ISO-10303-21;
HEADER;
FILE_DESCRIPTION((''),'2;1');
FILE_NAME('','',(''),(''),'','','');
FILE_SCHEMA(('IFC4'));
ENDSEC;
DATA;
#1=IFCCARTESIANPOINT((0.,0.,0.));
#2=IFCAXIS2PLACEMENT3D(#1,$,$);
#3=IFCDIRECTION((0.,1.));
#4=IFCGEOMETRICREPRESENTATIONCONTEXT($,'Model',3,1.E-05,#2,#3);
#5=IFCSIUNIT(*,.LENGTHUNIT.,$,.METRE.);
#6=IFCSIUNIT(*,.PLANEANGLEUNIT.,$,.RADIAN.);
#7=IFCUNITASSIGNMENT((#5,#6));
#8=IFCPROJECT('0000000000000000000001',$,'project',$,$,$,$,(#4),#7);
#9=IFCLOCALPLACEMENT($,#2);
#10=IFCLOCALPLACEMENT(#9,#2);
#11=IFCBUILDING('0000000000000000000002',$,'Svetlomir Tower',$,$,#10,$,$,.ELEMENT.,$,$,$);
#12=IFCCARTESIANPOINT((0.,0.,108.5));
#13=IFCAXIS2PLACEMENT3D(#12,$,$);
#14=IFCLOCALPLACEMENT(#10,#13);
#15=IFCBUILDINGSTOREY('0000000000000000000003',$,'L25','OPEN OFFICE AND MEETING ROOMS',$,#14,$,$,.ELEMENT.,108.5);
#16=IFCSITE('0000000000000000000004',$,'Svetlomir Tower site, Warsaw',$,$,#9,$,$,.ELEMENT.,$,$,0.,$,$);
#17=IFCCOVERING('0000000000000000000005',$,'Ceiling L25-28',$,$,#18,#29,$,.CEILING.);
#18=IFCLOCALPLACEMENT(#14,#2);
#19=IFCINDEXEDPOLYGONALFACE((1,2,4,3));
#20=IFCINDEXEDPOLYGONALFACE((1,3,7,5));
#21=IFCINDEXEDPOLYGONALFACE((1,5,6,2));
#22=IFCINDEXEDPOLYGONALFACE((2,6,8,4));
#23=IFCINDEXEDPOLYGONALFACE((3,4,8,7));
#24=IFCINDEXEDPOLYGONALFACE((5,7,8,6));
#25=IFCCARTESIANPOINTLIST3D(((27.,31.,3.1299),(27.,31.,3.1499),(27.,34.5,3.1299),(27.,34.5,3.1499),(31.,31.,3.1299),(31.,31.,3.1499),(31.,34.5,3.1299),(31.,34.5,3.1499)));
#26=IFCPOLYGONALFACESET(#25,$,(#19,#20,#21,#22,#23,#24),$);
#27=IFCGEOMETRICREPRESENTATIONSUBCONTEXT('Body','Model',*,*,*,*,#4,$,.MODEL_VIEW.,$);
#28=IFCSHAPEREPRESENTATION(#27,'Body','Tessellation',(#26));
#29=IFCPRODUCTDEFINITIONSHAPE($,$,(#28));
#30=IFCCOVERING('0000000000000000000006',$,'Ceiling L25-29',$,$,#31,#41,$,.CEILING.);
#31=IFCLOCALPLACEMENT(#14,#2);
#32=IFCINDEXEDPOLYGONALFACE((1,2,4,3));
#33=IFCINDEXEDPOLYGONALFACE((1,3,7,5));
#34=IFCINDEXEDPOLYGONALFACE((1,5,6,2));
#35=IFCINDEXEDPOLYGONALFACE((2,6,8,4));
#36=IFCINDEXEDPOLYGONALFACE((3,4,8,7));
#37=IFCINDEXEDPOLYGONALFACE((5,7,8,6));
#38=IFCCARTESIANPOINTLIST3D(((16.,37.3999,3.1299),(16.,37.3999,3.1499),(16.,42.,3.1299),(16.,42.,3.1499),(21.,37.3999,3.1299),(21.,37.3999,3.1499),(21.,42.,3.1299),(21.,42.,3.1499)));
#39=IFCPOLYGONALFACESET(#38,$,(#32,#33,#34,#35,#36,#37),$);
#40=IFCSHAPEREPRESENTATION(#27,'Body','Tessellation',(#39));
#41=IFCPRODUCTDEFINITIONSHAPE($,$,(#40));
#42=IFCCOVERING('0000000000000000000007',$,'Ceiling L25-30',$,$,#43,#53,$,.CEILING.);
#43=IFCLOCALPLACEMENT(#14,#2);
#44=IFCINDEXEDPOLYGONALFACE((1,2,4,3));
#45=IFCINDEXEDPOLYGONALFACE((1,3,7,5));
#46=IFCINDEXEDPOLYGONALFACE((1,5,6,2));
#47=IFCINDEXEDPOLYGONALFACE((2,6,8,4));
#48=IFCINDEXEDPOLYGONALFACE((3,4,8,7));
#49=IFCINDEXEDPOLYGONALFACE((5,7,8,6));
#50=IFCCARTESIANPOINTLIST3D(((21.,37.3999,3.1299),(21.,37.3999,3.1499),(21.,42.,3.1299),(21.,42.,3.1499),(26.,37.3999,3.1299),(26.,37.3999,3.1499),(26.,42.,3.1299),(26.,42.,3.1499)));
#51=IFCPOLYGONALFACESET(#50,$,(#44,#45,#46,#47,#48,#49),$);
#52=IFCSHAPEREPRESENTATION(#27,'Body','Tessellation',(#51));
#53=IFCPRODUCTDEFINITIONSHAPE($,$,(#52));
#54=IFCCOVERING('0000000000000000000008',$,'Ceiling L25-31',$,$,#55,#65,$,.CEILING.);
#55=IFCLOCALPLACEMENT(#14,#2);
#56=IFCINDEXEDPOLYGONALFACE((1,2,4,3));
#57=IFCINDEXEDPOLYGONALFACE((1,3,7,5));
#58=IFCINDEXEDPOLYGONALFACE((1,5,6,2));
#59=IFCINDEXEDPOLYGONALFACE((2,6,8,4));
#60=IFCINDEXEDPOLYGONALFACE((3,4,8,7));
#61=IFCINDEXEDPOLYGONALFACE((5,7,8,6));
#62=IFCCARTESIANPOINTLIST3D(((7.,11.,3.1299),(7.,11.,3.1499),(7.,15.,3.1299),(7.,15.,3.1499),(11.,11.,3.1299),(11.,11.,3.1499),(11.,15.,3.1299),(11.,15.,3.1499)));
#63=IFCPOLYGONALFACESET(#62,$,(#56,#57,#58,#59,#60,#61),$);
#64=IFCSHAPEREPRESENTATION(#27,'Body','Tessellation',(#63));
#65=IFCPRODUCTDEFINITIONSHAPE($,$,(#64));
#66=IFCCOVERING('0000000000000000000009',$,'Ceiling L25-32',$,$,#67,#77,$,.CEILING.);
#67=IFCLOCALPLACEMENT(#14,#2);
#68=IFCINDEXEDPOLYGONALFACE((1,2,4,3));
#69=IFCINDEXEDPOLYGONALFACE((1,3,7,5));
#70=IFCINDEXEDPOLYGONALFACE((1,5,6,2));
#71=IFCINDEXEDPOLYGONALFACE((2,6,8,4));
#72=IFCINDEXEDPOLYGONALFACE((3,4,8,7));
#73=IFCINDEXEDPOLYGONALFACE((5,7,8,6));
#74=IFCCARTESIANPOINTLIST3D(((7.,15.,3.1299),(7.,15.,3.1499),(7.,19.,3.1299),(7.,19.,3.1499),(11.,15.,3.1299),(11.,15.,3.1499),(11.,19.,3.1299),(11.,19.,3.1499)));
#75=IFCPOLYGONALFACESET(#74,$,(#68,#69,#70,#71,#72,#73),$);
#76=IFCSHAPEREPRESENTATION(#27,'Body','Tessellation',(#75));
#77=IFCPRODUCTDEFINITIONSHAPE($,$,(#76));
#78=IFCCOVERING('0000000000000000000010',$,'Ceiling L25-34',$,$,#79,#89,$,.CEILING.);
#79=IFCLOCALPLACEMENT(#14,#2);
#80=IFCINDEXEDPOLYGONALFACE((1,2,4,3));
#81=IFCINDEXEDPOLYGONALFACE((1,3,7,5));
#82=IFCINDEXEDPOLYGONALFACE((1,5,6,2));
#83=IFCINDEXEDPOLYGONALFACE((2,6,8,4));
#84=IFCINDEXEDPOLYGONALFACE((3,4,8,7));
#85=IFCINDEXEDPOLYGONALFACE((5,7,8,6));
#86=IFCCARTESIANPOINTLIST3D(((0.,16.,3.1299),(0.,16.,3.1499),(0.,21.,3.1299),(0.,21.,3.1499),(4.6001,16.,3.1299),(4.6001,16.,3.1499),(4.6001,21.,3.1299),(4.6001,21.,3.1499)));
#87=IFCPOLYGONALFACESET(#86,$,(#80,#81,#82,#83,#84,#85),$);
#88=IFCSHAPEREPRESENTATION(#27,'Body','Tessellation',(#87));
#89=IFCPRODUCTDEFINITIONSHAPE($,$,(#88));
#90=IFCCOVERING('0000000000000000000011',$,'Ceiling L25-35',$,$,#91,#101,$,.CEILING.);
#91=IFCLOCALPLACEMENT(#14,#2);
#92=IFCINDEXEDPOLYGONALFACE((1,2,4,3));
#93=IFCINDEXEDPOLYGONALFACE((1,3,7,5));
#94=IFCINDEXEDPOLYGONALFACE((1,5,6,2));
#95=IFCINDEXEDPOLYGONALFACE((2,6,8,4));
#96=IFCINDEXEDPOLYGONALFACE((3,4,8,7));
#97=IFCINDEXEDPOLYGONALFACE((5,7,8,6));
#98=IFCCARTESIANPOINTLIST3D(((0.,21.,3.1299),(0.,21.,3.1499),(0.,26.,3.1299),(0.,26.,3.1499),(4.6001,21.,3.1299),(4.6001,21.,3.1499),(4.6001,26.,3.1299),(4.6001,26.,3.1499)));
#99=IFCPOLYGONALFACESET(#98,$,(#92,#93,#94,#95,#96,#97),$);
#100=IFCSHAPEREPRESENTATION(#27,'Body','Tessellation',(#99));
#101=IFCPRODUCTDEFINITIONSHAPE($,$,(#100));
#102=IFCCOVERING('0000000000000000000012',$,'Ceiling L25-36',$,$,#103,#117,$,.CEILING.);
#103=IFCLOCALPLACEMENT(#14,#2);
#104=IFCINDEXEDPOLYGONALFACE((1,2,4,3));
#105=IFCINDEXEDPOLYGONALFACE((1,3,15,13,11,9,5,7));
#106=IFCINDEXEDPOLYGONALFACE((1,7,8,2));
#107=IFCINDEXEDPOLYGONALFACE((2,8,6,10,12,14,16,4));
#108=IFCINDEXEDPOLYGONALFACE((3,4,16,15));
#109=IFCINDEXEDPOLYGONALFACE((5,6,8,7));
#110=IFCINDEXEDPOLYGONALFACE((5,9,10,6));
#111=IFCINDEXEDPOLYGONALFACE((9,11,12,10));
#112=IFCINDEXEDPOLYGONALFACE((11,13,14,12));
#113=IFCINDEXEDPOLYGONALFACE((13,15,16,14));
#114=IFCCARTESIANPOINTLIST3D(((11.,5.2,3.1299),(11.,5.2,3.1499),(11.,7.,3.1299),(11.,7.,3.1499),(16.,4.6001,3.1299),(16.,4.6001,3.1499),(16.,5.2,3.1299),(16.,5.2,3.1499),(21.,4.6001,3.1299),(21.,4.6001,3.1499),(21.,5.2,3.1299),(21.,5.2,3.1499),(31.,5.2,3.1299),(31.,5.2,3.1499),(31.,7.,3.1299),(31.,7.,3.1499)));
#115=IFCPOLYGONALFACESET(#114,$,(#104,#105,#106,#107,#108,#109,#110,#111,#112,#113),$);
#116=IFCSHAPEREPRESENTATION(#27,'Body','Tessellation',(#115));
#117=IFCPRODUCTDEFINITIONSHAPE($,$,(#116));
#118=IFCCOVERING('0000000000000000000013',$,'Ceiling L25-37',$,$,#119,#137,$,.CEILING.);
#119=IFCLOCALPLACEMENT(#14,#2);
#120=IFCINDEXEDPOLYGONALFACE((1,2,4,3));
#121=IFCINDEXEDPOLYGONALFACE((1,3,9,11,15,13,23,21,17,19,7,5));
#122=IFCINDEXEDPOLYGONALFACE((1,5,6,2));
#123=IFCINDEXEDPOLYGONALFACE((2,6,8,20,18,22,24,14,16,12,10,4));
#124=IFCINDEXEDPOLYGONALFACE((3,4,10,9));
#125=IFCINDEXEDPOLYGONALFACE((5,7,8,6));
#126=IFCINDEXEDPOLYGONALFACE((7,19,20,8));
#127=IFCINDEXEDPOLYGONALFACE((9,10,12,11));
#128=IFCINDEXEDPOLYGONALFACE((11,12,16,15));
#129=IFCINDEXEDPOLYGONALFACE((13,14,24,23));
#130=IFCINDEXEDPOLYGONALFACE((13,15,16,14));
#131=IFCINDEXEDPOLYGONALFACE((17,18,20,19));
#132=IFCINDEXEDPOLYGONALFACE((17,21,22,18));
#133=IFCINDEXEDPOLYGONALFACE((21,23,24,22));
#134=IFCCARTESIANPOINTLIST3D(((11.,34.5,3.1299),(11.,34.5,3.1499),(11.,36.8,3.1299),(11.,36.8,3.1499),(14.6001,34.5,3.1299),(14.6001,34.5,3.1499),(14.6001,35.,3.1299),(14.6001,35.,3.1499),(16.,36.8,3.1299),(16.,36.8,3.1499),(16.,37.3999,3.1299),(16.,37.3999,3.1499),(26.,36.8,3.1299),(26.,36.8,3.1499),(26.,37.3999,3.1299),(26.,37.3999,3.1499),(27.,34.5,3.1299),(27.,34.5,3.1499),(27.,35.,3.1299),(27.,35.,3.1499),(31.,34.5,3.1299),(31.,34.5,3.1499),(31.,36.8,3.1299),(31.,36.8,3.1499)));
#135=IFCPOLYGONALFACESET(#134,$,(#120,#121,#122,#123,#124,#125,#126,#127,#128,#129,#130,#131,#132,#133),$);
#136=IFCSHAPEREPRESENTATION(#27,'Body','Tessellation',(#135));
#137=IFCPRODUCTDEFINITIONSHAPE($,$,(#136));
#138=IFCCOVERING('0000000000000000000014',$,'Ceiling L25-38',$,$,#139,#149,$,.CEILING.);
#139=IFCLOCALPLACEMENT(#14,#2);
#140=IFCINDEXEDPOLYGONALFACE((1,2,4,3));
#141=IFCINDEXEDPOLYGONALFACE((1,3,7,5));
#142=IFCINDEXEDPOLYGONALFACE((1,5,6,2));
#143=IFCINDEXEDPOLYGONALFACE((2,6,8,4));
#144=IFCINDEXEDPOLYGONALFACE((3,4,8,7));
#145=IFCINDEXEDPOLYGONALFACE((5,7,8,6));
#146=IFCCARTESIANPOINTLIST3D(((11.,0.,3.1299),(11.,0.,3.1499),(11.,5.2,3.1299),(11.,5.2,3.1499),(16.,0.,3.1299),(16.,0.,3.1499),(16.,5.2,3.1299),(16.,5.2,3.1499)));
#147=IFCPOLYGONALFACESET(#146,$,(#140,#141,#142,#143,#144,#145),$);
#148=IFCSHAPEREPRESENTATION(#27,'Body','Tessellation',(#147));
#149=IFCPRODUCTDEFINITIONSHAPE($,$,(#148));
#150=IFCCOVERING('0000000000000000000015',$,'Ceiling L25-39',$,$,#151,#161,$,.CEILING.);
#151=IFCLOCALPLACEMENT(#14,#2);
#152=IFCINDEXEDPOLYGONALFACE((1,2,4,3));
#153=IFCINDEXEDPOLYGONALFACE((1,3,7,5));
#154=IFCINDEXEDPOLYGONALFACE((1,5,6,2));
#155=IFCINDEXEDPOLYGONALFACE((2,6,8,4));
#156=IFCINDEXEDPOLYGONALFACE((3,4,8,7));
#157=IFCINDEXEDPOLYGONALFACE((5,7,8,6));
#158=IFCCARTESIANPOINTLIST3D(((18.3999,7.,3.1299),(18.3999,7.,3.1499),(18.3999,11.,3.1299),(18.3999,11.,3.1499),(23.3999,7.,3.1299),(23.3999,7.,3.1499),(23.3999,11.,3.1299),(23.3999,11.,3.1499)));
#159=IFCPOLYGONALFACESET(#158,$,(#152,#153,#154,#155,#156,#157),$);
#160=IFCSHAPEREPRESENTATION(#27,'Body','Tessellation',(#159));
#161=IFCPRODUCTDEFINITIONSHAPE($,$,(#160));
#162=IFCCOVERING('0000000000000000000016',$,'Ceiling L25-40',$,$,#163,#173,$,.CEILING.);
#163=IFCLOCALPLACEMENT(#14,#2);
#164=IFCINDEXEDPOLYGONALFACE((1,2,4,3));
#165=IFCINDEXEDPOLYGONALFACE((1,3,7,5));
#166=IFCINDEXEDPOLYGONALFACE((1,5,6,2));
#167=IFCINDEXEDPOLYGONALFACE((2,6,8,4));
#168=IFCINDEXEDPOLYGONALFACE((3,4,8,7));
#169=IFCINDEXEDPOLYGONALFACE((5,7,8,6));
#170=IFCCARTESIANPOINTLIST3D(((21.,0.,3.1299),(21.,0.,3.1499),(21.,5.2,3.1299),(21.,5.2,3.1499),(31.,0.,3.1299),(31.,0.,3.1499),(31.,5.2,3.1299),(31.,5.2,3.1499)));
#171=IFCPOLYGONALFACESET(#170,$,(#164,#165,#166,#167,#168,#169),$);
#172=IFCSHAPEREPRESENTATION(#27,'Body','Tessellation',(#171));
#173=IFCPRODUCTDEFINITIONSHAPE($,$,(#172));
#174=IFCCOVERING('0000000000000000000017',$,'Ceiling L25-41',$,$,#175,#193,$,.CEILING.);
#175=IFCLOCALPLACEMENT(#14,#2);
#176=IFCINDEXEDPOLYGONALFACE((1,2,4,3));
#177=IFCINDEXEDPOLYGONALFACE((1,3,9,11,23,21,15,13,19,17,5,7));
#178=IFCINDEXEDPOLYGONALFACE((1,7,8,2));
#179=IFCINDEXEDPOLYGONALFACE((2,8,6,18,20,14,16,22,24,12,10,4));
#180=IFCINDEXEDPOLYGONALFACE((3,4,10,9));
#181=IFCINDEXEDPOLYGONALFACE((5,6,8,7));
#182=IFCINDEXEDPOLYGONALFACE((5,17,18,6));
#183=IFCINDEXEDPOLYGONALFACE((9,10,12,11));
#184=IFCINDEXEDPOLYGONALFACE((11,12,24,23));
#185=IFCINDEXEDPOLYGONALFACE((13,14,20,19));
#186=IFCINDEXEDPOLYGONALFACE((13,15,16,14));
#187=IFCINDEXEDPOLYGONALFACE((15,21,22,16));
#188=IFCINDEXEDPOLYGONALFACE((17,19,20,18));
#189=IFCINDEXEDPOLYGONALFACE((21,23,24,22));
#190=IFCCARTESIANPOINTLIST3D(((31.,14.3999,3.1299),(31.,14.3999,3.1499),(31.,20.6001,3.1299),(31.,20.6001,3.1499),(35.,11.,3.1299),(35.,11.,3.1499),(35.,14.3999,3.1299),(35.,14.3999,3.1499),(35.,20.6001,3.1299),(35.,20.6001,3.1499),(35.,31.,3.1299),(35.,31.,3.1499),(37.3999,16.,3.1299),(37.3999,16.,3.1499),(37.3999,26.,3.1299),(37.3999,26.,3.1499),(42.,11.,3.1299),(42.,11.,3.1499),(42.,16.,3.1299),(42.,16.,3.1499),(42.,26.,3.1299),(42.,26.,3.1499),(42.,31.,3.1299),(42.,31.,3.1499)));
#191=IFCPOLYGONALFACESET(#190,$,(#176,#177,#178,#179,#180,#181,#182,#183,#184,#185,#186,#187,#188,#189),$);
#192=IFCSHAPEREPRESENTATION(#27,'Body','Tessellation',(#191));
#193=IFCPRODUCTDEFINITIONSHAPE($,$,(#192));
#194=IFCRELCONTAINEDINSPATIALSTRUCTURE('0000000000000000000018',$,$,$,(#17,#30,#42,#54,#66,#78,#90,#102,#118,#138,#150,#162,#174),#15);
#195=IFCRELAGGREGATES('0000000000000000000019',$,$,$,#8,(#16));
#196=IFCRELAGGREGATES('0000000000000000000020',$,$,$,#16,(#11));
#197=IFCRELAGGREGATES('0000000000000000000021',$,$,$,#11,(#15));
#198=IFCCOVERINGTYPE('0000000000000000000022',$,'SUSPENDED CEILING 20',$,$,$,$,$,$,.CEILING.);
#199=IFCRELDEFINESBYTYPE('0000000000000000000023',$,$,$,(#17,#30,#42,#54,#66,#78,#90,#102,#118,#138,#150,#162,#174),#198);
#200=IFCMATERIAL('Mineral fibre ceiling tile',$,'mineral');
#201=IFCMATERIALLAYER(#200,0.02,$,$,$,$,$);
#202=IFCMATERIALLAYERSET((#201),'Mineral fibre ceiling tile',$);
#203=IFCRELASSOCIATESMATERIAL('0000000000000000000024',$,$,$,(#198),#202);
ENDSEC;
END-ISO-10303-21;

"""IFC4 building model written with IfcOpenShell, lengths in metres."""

from ifc_helpers import new_model, si_unit, direction, frame, origin, place, context, subcontext, project, spatial, polyline, outline, extrude, material, layer, layer_set, type_object, element, save


model = new_model("IFC4")

# Units and contexts
model_context = context("Model", 3, precision=1e-05, world=origin(), true_north=direction((0.0, 1.0)))
body_context = subcontext(model_context, "Body", "Model", "MODEL_VIEW")
ifc_project = project(units=[si_unit("LENGTHUNIT", "METRE"), si_unit("PLANEANGLEUNIT", "RADIAN")], contexts=[model_context])

# Site, building, storey
site_placement = place(None, origin())
site = spatial("IfcSite", under=ifc_project, at=site_placement, Name="Svetlomir Tower site, Warsaw", CompositionType="ELEMENT", RefElevation=0.0)
building_placement = place(site_placement, origin())
building = spatial("IfcBuilding", under=site, at=building_placement, Name="Svetlomir Tower", CompositionType="ELEMENT")
storey_placement = place(building_placement, frame((0.0, 0.0, 108.5)))
storey = spatial("IfcBuildingStorey", under=building, at=storey_placement, Name="L25", Description="OPEN OFFICE AND MEETING ROOMS", CompositionType="ELEMENT", Elevation=108.5)

# Coverings
ifc_material_1 = material(Name="Mineral fibre ceiling tile", Category="mineral")
ifc_layer_1 = layer(ifc_material_1, 0.02)
ifc_layer_set_1 = layer_set([ifc_layer_1], Name="Mineral fibre ceiling tile")
covering_type_1 = type_object("IfcCoveringType", Name="SUSPENDED CEILING 20", PredefinedType="CEILING", material=ifc_layer_set_1)
covering_1_placement = place(storey_placement, frame((0.0, 0.0, 3.1299)))
element("IfcCovering", 1, at=covering_1_placement, inside=storey, type_object=covering_type_1, Name="Ceiling L25-28", PredefinedType="CEILING", context=body_context, shape_type="SweptSolid", body=[
    extrude(outline(polyline([(27.0, 31.0), (31.0, 31.0), (31.0, 34.5), (27.0, 34.5), (27.0, 31.0)])), origin(), (0.0, 0.0, 1.0), 0.02),
])
covering_2_placement = place(storey_placement, frame((0.0, 0.0, 3.1299)))
element("IfcCovering", 2, at=covering_2_placement, inside=storey, type_object=covering_type_1, Name="Ceiling L25-29", PredefinedType="CEILING", context=body_context, shape_type="SweptSolid", body=[
    extrude(outline(polyline([(16.0, 37.3999), (21.0, 37.3999), (21.0, 42.0), (16.0, 42.0), (16.0, 37.3999)])), origin(), (0.0, 0.0, 1.0), 0.02),
])
covering_3_placement = place(storey_placement, frame((0.0, 0.0, 3.1299)))
element("IfcCovering", 3, at=covering_3_placement, inside=storey, type_object=covering_type_1, Name="Ceiling L25-30", PredefinedType="CEILING", context=body_context, shape_type="SweptSolid", body=[
    extrude(outline(polyline([(21.0, 37.3999), (26.0, 37.3999), (26.0, 42.0), (21.0, 42.0), (21.0, 37.3999)])), origin(), (0.0, 0.0, 1.0), 0.02),
])
covering_4_placement = place(storey_placement, frame((0.0, 0.0, 3.1299)))
element("IfcCovering", 4, at=covering_4_placement, inside=storey, type_object=covering_type_1, Name="Ceiling L25-31", PredefinedType="CEILING", context=body_context, shape_type="SweptSolid", body=[
    extrude(outline(polyline([(7.0, 11.0), (11.0, 11.0), (11.0, 15.0), (7.0, 15.0), (7.0, 11.0)])), origin(), (0.0, 0.0, 1.0), 0.02),
])
covering_5_placement = place(storey_placement, frame((0.0, 0.0, 3.1299)))
element("IfcCovering", 5, at=covering_5_placement, inside=storey, type_object=covering_type_1, Name="Ceiling L25-32", PredefinedType="CEILING", context=body_context, shape_type="SweptSolid", body=[
    extrude(outline(polyline([(7.0, 15.0), (11.0, 15.0), (11.0, 19.0), (7.0, 19.0), (7.0, 15.0)])), origin(), (0.0, 0.0, 1.0), 0.02),
])
covering_6_placement = place(storey_placement, frame((0.0, 0.0, 3.1299)))
element("IfcCovering", 6, at=covering_6_placement, inside=storey, type_object=covering_type_1, Name="Ceiling L25-34", PredefinedType="CEILING", context=body_context, shape_type="SweptSolid", body=[
    extrude(outline(polyline([(0.0, 16.0), (4.6001, 16.0), (4.6001, 21.0), (0.0, 21.0), (0.0, 16.0)])), origin(), (0.0, 0.0, 1.0), 0.02),
])
covering_7_placement = place(storey_placement, frame((0.0, 0.0, 3.1299)))
element("IfcCovering", 7, at=covering_7_placement, inside=storey, type_object=covering_type_1, Name="Ceiling L25-35", PredefinedType="CEILING", context=body_context, shape_type="SweptSolid", body=[
    extrude(outline(polyline([(0.0, 21.0), (4.6001, 21.0), (4.6001, 26.0), (0.0, 26.0), (0.0, 21.0)])), origin(), (0.0, 0.0, 1.0), 0.02),
])
covering_8_placement = place(storey_placement, frame((0.0, 0.0, 3.1299)))
element("IfcCovering", 8, at=covering_8_placement, inside=storey, type_object=covering_type_1, Name="Ceiling L25-36", PredefinedType="CEILING", context=body_context, shape_type="SweptSolid", body=[
    extrude(outline(polyline([(16.0, 4.6001), (16.0, 5.2), (11.0, 5.2), (11.0, 7.0), (31.0, 7.0), (31.0, 5.2), (21.0, 5.2), (21.0, 4.6001), (16.0, 4.6001)])), origin(), (0.0, 0.0, 1.0), 0.02),
])
covering_9_placement = place(storey_placement, frame((0.0, 0.0, 3.1299)))
element("IfcCovering", 9, at=covering_9_placement, inside=storey, type_object=covering_type_1, Name="Ceiling L25-37", PredefinedType="CEILING", context=body_context, shape_type="SweptSolid", body=[
    extrude(outline(polyline([(14.6001, 34.5), (11.0, 34.5), (11.0, 36.8), (16.0, 36.8), (16.0, 37.3999), (26.0, 37.3999), (26.0, 36.8), (31.0, 36.8), (31.0, 34.5), (27.0, 34.5), (27.0, 35.0), (14.6001, 35.0), (14.6001, 34.5)])), origin(), (0.0, 0.0, 1.0), 0.02),
])
covering_10_placement = place(storey_placement, frame((0.0, 0.0, 3.1299)))
element("IfcCovering", 10, at=covering_10_placement, inside=storey, type_object=covering_type_1, Name="Ceiling L25-38", PredefinedType="CEILING", context=body_context, shape_type="SweptSolid", body=[
    extrude(outline(polyline([(16.0, 5.2), (16.0, 0.0), (11.0, 0.0), (11.0, 5.2), (16.0, 5.2)])), origin(), (0.0, 0.0, 1.0), 0.02),
])
covering_11_placement = place(storey_placement, frame((0.0, 0.0, 3.1299)))
element("IfcCovering", 11, at=covering_11_placement, inside=storey, type_object=covering_type_1, Name="Ceiling L25-39", PredefinedType="CEILING", context=body_context, shape_type="SweptSolid", body=[
    extrude(outline(polyline([(23.3999, 11.0), (23.3999, 7.0), (18.3999, 7.0), (18.3999, 11.0), (23.3999, 11.0)])), origin(), (0.0, 0.0, 1.0), 0.02),
])
covering_12_placement = place(storey_placement, frame((0.0, 0.0, 3.1299)))
element("IfcCovering", 12, at=covering_12_placement, inside=storey, type_object=covering_type_1, Name="Ceiling L25-40", PredefinedType="CEILING", context=body_context, shape_type="SweptSolid", body=[
    extrude(outline(polyline([(21.0, 0.0), (21.0, 5.2), (31.0, 5.2), (31.0, 0.0), (21.0, 0.0)])), origin(), (0.0, 0.0, 1.0), 0.02),
])
covering_13_placement = place(storey_placement, frame((0.0, 0.0, 3.1299)))
element("IfcCovering", 13, at=covering_13_placement, inside=storey, type_object=covering_type_1, Name="Ceiling L25-41", PredefinedType="CEILING", context=body_context, shape_type="SweptSolid", body=[
    extrude(outline(polyline([(35.0, 14.3999), (31.0, 14.3999), (31.0, 20.6001), (35.0, 20.6001), (35.0, 31.0), (42.0, 31.0), (42.0, 26.0), (37.3999, 26.0), (37.3999, 16.0), (42.0, 16.0), (42.0, 11.0), (35.0, 11.0), (35.0, 14.3999)])), origin(), (0.0, 0.0, 1.0), 0.02),
])

save(model, "model.ifc")
